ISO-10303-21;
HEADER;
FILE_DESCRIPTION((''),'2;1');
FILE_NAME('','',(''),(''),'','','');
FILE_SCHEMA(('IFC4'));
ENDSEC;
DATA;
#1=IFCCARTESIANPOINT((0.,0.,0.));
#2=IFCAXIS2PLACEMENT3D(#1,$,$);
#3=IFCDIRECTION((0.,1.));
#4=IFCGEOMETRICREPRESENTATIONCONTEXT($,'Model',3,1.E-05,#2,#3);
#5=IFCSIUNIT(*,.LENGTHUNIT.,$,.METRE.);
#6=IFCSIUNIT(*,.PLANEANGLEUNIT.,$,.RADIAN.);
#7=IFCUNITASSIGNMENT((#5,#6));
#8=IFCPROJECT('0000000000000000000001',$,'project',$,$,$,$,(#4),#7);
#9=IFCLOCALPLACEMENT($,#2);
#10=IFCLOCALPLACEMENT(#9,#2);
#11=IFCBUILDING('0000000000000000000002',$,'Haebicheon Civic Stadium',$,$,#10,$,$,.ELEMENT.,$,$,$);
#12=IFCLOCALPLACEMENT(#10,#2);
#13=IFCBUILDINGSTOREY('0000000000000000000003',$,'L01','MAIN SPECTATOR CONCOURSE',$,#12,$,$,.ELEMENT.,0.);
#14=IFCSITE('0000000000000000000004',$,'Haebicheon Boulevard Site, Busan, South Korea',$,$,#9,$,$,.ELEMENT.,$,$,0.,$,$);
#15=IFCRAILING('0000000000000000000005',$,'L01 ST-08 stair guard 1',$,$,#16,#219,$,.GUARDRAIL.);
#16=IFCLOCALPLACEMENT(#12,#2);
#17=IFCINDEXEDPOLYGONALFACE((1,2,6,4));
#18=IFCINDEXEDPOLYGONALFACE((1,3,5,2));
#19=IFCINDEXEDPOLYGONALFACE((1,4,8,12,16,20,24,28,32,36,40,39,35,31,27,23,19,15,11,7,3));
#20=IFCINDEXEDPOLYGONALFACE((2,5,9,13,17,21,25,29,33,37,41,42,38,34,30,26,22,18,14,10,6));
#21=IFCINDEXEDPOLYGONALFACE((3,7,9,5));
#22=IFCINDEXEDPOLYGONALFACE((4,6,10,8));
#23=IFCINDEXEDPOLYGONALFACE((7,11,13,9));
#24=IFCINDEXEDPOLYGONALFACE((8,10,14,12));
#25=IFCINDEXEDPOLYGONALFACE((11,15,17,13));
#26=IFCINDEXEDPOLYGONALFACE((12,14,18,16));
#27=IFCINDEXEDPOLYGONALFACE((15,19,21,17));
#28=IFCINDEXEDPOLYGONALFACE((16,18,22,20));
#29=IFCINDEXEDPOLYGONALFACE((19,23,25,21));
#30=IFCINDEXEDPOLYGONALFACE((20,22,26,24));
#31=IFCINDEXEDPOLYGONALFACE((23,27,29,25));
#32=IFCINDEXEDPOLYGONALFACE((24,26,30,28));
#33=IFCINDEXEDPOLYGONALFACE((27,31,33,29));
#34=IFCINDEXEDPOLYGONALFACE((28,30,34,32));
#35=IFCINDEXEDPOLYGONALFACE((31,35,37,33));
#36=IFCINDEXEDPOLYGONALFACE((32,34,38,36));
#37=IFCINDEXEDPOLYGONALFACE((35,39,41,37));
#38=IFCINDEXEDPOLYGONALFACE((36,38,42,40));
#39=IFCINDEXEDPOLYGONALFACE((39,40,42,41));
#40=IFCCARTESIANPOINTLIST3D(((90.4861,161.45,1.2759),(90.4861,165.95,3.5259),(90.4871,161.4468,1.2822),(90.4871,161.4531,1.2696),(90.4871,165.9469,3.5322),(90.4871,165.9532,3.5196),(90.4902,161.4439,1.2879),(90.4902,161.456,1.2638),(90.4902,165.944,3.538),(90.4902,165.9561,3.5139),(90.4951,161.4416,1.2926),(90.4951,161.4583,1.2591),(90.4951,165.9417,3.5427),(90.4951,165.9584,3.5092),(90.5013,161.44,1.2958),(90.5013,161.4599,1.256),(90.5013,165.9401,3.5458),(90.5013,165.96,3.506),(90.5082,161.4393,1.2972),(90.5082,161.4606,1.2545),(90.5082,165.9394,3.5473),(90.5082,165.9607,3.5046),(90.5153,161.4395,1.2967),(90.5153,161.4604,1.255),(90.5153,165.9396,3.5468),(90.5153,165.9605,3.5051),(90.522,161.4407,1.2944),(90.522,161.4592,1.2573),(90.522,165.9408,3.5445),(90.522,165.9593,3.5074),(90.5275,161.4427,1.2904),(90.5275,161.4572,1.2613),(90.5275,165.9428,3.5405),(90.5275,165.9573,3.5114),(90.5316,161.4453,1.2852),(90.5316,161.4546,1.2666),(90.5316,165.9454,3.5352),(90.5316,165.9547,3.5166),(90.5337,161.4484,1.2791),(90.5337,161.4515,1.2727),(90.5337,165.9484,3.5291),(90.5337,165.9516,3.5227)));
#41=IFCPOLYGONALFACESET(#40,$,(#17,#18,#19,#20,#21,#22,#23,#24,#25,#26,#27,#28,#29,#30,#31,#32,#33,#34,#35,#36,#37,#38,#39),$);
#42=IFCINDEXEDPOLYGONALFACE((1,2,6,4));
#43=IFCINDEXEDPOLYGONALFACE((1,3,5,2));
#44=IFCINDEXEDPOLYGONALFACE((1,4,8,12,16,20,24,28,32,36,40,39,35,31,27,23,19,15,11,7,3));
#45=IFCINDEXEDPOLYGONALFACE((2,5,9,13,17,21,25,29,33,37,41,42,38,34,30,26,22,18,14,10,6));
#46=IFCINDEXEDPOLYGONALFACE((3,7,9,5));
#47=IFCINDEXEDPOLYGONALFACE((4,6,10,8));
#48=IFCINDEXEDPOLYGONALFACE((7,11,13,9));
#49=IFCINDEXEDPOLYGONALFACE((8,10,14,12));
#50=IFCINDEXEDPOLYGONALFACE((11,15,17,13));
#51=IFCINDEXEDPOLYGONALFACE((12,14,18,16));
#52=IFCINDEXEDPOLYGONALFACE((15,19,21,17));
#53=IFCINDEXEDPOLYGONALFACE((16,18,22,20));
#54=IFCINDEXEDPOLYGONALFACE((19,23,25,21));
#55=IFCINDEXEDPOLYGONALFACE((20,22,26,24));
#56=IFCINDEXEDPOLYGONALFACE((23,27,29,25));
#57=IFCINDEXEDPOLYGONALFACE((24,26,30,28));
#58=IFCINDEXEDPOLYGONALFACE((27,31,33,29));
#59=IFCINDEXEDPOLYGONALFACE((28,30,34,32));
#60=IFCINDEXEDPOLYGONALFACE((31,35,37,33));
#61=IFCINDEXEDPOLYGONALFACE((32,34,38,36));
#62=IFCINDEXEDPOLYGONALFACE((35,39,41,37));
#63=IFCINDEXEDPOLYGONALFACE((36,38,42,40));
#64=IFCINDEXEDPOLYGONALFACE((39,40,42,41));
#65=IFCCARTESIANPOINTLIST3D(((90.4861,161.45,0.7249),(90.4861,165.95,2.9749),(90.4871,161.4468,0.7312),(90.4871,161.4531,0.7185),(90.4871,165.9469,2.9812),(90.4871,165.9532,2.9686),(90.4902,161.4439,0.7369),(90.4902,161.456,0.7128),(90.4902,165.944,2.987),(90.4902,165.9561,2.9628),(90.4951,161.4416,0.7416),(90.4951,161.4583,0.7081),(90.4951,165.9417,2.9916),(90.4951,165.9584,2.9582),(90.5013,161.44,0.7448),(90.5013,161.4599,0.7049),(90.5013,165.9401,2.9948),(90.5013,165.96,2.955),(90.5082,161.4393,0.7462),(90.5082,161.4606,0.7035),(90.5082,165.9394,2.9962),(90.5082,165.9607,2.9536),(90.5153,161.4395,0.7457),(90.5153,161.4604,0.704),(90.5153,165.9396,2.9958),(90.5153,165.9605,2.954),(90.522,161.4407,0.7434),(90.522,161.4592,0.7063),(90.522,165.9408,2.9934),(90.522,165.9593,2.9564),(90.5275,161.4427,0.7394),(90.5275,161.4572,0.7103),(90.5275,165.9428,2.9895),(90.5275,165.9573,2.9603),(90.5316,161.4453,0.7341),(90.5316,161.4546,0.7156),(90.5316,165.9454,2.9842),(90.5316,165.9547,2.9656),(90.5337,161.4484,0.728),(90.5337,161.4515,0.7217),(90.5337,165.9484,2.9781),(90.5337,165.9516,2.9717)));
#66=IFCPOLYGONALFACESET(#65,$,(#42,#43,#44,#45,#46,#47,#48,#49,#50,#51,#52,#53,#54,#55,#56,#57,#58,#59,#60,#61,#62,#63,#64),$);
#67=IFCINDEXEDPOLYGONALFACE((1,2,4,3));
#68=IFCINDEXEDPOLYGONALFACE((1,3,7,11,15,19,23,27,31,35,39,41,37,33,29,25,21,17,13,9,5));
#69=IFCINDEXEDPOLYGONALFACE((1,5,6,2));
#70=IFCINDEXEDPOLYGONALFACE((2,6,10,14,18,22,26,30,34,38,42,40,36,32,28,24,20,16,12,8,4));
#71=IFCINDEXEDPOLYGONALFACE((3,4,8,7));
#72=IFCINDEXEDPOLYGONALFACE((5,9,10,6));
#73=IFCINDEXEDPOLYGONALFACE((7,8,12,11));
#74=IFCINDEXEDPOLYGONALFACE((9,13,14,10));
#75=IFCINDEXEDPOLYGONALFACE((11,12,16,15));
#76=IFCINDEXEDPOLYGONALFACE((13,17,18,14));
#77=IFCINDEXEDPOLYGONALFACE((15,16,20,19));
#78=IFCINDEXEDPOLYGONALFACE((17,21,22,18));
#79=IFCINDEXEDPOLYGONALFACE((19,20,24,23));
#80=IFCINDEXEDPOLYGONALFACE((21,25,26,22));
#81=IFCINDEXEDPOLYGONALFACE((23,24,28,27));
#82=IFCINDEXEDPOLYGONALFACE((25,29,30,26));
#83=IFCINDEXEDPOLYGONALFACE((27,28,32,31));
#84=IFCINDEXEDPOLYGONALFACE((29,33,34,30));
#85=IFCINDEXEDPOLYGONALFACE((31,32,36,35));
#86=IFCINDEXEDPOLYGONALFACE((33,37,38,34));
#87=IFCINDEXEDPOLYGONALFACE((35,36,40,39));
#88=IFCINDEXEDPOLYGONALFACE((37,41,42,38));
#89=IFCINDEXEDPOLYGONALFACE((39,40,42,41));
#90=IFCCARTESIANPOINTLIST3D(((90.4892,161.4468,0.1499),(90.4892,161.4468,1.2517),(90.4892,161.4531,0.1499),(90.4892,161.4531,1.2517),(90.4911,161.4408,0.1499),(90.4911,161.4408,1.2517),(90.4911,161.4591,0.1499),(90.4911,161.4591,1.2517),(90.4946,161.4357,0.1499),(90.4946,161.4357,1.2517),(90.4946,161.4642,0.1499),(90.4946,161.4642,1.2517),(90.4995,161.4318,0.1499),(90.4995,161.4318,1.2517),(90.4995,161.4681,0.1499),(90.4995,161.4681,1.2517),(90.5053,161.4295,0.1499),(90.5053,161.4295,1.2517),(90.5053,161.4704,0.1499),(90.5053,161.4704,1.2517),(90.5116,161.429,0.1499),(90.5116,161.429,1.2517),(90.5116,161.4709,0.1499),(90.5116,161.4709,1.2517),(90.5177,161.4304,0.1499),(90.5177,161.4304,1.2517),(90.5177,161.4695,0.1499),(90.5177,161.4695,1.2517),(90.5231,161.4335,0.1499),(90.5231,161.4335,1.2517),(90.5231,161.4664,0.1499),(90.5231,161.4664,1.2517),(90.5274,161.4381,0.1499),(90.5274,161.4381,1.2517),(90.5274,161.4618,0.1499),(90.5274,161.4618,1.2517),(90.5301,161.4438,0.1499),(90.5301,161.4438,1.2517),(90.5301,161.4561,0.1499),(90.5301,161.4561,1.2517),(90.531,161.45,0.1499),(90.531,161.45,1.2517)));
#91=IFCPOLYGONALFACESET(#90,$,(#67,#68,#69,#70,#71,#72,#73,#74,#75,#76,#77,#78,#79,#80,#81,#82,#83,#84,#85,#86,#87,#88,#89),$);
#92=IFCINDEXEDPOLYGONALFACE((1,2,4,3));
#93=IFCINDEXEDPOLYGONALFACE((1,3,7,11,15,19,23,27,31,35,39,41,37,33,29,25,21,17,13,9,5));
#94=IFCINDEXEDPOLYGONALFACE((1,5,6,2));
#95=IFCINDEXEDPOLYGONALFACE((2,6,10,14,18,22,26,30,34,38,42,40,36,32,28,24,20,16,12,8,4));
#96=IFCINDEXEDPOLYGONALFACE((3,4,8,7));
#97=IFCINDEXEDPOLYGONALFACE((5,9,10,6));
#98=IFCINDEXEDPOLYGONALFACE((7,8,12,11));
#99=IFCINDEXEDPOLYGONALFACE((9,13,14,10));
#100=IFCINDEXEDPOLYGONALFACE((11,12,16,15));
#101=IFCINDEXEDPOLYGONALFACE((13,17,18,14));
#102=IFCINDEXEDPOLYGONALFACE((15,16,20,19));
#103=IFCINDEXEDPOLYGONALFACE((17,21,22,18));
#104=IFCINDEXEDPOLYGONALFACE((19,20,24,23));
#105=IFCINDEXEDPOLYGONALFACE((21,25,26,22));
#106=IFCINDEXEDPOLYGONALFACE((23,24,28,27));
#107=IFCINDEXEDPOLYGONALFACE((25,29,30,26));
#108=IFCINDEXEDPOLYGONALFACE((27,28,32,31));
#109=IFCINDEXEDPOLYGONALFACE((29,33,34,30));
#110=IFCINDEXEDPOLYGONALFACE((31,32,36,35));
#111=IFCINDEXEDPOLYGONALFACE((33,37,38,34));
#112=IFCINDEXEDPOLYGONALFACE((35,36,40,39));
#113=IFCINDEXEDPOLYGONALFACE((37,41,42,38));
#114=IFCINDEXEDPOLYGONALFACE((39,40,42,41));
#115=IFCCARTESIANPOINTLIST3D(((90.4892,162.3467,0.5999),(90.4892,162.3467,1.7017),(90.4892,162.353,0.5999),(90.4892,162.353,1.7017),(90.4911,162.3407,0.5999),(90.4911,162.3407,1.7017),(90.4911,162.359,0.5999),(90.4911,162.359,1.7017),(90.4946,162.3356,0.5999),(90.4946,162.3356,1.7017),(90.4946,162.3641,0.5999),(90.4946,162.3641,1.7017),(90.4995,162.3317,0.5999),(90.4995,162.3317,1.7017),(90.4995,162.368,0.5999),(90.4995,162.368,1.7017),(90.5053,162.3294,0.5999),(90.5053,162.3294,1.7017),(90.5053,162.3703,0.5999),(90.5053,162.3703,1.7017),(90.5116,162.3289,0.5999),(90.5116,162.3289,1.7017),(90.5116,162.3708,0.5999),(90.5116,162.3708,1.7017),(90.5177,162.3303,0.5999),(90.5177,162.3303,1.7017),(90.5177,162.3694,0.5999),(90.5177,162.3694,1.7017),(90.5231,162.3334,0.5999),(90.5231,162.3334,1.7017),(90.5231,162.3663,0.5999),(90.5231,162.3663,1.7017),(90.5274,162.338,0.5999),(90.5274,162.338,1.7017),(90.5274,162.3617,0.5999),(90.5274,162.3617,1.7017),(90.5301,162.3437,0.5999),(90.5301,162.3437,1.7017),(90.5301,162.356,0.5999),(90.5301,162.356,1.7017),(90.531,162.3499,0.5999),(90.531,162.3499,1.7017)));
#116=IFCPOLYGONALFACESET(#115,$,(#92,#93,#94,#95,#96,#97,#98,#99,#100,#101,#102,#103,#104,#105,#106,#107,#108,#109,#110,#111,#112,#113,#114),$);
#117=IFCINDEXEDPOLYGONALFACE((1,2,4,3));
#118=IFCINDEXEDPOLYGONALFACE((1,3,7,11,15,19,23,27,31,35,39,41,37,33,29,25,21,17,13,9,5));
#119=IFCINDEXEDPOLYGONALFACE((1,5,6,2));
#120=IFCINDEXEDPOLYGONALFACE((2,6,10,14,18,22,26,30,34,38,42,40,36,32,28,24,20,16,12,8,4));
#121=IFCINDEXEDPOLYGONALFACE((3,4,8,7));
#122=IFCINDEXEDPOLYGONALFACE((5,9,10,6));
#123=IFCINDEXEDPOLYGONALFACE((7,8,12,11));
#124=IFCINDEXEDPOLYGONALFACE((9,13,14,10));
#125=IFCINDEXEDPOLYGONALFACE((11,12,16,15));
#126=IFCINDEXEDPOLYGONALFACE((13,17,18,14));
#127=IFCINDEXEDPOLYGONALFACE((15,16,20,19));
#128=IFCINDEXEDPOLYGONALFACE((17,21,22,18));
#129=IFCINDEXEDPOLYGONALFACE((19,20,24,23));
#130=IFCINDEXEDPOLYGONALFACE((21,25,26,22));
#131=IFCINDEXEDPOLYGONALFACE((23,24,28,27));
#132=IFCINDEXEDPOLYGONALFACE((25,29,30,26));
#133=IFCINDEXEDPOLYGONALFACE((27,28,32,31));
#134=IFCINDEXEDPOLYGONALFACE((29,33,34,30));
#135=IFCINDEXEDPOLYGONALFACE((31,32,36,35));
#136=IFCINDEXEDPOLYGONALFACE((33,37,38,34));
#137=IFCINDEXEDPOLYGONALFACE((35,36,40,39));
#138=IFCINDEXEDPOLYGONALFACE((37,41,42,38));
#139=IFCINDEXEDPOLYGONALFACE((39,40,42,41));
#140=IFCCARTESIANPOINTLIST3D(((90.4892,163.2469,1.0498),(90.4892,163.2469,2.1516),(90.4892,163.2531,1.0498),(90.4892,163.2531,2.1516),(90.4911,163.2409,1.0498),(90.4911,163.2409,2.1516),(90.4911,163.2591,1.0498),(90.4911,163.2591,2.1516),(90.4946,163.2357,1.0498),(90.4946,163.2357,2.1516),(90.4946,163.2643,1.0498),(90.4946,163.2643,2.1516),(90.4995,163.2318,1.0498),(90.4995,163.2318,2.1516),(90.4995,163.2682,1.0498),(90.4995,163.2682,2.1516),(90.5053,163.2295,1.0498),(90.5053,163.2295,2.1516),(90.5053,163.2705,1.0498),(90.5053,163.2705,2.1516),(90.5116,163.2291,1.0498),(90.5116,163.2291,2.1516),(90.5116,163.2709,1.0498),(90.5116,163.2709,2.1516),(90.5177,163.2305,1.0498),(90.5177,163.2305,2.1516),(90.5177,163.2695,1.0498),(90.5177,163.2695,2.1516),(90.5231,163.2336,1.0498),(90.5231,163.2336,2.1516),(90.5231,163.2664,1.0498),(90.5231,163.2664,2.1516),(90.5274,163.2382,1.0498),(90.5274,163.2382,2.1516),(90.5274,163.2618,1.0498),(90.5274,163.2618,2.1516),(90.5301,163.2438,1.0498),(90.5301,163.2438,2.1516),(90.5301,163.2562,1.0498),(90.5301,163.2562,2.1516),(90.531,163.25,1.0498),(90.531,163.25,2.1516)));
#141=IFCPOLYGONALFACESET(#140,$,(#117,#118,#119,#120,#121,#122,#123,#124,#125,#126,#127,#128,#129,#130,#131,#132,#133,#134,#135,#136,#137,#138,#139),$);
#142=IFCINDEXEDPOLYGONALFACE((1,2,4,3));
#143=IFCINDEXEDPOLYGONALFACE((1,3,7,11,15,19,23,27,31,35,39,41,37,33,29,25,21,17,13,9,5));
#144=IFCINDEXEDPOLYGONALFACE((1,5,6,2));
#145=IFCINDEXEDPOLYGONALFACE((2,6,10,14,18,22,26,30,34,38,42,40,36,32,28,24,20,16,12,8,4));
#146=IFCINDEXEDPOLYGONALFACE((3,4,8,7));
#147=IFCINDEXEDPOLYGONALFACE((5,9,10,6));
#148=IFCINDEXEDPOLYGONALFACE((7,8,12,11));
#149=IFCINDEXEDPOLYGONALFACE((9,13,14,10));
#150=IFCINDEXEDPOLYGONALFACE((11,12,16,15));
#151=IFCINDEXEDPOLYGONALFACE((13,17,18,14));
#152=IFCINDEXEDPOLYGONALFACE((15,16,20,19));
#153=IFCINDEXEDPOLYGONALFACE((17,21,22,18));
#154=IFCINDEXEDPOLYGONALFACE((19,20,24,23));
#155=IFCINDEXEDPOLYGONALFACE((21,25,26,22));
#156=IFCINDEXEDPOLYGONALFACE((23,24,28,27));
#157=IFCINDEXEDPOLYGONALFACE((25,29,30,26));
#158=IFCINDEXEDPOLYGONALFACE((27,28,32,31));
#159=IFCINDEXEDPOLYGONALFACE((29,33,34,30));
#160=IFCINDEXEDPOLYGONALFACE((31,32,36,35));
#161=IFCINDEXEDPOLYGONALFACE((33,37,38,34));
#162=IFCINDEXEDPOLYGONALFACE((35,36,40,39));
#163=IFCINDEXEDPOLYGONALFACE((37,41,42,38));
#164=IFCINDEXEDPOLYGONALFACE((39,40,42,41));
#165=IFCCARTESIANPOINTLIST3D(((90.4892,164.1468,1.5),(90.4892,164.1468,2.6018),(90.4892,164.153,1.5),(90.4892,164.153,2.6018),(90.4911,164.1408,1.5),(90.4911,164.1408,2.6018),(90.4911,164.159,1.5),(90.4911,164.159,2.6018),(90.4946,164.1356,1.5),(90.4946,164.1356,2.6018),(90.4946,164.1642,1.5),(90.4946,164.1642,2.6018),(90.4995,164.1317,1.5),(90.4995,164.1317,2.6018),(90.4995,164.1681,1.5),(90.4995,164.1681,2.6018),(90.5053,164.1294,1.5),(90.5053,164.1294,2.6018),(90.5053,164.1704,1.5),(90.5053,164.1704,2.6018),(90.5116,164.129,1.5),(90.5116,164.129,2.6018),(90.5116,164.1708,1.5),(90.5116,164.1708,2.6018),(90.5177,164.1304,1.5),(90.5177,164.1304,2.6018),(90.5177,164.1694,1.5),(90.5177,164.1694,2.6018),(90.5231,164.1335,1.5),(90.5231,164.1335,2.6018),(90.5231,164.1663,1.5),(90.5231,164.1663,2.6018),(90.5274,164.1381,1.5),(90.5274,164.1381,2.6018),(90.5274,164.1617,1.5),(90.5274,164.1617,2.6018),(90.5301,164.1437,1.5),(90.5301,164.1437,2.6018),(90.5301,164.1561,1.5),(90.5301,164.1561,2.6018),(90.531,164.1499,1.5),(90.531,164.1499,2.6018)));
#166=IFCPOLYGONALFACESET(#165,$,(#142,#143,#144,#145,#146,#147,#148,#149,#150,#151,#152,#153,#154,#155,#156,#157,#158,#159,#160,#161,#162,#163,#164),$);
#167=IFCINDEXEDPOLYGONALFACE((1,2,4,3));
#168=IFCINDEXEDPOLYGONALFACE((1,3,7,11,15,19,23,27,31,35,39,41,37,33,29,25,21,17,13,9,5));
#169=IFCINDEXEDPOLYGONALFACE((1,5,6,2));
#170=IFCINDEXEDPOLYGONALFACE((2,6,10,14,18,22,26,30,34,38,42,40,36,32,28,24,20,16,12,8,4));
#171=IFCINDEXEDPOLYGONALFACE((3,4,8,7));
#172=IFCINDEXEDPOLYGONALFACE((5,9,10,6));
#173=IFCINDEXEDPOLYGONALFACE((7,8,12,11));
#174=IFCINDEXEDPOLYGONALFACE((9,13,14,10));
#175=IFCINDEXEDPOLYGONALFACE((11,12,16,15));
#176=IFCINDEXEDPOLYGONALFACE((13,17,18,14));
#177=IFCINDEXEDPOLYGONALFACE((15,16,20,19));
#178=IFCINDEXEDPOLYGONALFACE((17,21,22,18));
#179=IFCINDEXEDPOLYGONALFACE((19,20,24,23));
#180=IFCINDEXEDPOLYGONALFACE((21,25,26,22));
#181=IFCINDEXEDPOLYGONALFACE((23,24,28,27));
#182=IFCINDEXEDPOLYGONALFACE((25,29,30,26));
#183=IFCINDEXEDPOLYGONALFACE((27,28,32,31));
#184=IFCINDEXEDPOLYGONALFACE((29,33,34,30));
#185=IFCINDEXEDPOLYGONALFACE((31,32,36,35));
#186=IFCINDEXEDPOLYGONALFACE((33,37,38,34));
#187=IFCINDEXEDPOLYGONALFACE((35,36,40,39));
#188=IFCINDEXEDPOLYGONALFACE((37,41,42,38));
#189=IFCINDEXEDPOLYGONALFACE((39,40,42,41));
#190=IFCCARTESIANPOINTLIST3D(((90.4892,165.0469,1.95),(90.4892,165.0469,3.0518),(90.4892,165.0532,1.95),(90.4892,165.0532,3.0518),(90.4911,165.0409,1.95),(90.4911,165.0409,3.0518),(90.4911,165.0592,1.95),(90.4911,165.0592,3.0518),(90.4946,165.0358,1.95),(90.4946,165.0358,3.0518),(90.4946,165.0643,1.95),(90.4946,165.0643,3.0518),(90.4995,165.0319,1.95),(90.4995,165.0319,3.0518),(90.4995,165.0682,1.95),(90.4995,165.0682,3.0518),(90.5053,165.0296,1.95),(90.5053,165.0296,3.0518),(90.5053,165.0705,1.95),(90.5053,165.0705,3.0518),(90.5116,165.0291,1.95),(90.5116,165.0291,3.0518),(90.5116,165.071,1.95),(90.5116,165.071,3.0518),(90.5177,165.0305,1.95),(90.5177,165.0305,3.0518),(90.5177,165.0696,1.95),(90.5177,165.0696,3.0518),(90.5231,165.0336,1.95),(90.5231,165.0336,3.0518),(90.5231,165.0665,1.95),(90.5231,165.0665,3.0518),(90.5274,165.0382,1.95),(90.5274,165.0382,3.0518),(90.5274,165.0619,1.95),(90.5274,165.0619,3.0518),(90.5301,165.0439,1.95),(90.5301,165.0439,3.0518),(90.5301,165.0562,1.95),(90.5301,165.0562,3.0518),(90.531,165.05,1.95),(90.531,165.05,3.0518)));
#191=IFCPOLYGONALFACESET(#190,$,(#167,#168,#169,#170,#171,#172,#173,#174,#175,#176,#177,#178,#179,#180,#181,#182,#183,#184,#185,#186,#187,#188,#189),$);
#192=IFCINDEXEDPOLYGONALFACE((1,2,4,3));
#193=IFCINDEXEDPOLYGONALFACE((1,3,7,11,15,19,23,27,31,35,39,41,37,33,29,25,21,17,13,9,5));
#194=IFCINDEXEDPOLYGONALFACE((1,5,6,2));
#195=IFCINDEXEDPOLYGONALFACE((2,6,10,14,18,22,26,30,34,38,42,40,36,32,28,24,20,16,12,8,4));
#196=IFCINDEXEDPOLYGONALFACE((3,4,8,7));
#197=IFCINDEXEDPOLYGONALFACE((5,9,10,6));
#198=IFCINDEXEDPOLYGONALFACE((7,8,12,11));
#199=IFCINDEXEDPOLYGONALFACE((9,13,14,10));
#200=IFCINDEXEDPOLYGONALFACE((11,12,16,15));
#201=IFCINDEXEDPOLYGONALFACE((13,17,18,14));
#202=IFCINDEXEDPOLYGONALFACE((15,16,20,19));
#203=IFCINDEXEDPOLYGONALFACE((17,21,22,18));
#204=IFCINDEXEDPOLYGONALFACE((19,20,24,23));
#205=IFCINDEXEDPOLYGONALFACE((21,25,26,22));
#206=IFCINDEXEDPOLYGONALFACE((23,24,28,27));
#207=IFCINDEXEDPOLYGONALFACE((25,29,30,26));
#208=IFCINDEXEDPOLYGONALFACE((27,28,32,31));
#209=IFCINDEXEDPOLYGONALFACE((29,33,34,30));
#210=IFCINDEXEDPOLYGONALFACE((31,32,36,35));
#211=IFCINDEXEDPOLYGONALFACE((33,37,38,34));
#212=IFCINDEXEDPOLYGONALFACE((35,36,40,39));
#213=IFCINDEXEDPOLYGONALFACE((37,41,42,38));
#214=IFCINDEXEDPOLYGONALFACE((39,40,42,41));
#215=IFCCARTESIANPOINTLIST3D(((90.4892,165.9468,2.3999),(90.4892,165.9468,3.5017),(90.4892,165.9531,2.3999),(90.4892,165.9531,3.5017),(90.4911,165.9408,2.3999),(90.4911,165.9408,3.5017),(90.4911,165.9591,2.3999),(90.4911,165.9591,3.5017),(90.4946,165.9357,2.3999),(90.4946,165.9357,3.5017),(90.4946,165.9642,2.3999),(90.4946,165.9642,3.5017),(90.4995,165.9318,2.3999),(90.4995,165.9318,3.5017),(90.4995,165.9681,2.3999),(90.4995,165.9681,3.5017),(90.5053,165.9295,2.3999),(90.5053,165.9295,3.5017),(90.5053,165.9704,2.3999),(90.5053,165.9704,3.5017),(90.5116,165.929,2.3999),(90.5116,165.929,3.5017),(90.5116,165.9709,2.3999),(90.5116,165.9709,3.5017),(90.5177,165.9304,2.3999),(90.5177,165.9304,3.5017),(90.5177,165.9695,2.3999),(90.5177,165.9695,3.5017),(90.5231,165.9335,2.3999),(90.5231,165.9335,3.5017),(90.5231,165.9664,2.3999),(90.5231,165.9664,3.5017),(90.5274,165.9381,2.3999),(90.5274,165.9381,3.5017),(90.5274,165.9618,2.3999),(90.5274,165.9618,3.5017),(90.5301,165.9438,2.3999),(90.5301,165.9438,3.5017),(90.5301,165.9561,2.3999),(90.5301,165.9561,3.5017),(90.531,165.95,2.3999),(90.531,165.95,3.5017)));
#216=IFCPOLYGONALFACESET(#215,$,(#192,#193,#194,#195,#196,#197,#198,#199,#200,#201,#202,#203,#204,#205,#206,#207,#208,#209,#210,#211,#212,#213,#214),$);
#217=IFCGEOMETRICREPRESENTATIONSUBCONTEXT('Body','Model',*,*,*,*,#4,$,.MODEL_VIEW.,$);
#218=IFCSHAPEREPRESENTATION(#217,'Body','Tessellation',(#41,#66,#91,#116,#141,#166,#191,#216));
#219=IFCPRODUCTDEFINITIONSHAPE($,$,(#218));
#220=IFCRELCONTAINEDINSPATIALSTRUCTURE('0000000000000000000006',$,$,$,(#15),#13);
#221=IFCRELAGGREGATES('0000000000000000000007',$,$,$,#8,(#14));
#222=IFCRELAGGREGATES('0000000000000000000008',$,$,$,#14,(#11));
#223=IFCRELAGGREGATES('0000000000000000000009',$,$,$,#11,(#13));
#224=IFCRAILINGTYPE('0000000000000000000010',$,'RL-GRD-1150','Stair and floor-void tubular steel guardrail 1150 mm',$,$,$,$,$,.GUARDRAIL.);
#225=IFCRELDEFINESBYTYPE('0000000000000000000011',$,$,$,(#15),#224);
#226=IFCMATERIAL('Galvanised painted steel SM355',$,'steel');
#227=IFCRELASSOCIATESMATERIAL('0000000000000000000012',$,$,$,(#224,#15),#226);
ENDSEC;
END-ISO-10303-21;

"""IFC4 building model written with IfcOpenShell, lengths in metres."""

from ifc_helpers import new_model, si_unit, direction, frame, origin, origin_2d, place, context, subcontext, project, spatial, circle, extrude, material, type_object, element, save


model = new_model("IFC4")

# Units and contexts
model_context = context("Model", 3, precision=1e-05, world=origin(), true_north=direction((0.0, 1.0)))
body_context = subcontext(model_context, "Body", "Model", "MODEL_VIEW")
ifc_project = project(units=[si_unit("LENGTHUNIT", "METRE"), si_unit("PLANEANGLEUNIT", "RADIAN")], contexts=[model_context])

# Site, building, storey
site_placement = place(None, origin())
site = spatial("IfcSite", under=ifc_project, at=site_placement, Name="Haebicheon Boulevard Site, Busan, South Korea", CompositionType="ELEMENT", RefElevation=0.0)
building_placement = place(site_placement, origin())
building = spatial("IfcBuilding", under=site, at=building_placement, Name="Haebicheon Civic Stadium", CompositionType="ELEMENT")
storey_placement = place(building_placement, origin())
storey = spatial("IfcBuildingStorey", under=building, at=storey_placement, Name="L01", Description="MAIN SPECTATOR CONCOURSE", CompositionType="ELEMENT", Elevation=0.0)

# Railing
ifc_material_1 = material(Name="Galvanised painted steel SM355", Category="steel")
railing_type_1 = type_object("IfcRailingType", Name="RL-GRD-1150", Description="Stair and floor-void tubular steel guardrail 1150 mm", PredefinedType="GUARDRAIL", material=ifc_material_1)
railing_1_placement = place(storey_placement, frame((90.51, 161.45, 0.1499)))
element("IfcRailing", 1, at=railing_1_placement, inside=storey, type_object=railing_type_1, material=ifc_material_1, Name="L01 ST-08 stair guard 1", PredefinedType="GUARDRAIL", context=body_context, shape_type="SweptSolid", body=[
    extrude(circle(Radius=0.0239, at=origin_2d()), frame((0.0, 0.0, 1.126), z_axis=(0.0, 0.894427, 0.447214), x_axis=(-1.0, 0.0, 0.0)), (0.0, 0.0, 1.0), 5.0312),
    extrude(circle(Radius=0.0239, at=origin_2d()), frame((0.0, 0.0, 0.575), z_axis=(0.0, 0.894427, 0.447214), x_axis=(-1.0, 0.0, 0.0)), (0.0, 0.0, 1.0), 5.0312),
    extrude(circle(Radius=0.021, at=origin_2d()), origin(), (0.0, 0.0, 1.0), 1.1018),
    extrude(circle(Radius=0.021, at=origin_2d()), frame((0.0, 0.8999, 0.45)), (0.0, 0.0, 1.0), 1.1018),
    extrude(circle(Radius=0.021, at=origin_2d()), frame((0.0, 1.8, 0.8999)), (0.0, 0.0, 1.0), 1.1018),
    extrude(circle(Radius=0.021, at=origin_2d()), frame((0.0, 2.7, 1.3501)), (0.0, 0.0, 1.0), 1.1018),
    extrude(circle(Radius=0.021, at=origin_2d()), frame((0.0, 3.6001, 1.8)), (0.0, 0.0, 1.0), 1.1018),
    extrude(circle(Radius=0.021, at=origin_2d()), frame((0.0, 4.5, 2.25)), (0.0, 0.0, 1.0), 1.1018),
])

save(model, "model.ifc")
